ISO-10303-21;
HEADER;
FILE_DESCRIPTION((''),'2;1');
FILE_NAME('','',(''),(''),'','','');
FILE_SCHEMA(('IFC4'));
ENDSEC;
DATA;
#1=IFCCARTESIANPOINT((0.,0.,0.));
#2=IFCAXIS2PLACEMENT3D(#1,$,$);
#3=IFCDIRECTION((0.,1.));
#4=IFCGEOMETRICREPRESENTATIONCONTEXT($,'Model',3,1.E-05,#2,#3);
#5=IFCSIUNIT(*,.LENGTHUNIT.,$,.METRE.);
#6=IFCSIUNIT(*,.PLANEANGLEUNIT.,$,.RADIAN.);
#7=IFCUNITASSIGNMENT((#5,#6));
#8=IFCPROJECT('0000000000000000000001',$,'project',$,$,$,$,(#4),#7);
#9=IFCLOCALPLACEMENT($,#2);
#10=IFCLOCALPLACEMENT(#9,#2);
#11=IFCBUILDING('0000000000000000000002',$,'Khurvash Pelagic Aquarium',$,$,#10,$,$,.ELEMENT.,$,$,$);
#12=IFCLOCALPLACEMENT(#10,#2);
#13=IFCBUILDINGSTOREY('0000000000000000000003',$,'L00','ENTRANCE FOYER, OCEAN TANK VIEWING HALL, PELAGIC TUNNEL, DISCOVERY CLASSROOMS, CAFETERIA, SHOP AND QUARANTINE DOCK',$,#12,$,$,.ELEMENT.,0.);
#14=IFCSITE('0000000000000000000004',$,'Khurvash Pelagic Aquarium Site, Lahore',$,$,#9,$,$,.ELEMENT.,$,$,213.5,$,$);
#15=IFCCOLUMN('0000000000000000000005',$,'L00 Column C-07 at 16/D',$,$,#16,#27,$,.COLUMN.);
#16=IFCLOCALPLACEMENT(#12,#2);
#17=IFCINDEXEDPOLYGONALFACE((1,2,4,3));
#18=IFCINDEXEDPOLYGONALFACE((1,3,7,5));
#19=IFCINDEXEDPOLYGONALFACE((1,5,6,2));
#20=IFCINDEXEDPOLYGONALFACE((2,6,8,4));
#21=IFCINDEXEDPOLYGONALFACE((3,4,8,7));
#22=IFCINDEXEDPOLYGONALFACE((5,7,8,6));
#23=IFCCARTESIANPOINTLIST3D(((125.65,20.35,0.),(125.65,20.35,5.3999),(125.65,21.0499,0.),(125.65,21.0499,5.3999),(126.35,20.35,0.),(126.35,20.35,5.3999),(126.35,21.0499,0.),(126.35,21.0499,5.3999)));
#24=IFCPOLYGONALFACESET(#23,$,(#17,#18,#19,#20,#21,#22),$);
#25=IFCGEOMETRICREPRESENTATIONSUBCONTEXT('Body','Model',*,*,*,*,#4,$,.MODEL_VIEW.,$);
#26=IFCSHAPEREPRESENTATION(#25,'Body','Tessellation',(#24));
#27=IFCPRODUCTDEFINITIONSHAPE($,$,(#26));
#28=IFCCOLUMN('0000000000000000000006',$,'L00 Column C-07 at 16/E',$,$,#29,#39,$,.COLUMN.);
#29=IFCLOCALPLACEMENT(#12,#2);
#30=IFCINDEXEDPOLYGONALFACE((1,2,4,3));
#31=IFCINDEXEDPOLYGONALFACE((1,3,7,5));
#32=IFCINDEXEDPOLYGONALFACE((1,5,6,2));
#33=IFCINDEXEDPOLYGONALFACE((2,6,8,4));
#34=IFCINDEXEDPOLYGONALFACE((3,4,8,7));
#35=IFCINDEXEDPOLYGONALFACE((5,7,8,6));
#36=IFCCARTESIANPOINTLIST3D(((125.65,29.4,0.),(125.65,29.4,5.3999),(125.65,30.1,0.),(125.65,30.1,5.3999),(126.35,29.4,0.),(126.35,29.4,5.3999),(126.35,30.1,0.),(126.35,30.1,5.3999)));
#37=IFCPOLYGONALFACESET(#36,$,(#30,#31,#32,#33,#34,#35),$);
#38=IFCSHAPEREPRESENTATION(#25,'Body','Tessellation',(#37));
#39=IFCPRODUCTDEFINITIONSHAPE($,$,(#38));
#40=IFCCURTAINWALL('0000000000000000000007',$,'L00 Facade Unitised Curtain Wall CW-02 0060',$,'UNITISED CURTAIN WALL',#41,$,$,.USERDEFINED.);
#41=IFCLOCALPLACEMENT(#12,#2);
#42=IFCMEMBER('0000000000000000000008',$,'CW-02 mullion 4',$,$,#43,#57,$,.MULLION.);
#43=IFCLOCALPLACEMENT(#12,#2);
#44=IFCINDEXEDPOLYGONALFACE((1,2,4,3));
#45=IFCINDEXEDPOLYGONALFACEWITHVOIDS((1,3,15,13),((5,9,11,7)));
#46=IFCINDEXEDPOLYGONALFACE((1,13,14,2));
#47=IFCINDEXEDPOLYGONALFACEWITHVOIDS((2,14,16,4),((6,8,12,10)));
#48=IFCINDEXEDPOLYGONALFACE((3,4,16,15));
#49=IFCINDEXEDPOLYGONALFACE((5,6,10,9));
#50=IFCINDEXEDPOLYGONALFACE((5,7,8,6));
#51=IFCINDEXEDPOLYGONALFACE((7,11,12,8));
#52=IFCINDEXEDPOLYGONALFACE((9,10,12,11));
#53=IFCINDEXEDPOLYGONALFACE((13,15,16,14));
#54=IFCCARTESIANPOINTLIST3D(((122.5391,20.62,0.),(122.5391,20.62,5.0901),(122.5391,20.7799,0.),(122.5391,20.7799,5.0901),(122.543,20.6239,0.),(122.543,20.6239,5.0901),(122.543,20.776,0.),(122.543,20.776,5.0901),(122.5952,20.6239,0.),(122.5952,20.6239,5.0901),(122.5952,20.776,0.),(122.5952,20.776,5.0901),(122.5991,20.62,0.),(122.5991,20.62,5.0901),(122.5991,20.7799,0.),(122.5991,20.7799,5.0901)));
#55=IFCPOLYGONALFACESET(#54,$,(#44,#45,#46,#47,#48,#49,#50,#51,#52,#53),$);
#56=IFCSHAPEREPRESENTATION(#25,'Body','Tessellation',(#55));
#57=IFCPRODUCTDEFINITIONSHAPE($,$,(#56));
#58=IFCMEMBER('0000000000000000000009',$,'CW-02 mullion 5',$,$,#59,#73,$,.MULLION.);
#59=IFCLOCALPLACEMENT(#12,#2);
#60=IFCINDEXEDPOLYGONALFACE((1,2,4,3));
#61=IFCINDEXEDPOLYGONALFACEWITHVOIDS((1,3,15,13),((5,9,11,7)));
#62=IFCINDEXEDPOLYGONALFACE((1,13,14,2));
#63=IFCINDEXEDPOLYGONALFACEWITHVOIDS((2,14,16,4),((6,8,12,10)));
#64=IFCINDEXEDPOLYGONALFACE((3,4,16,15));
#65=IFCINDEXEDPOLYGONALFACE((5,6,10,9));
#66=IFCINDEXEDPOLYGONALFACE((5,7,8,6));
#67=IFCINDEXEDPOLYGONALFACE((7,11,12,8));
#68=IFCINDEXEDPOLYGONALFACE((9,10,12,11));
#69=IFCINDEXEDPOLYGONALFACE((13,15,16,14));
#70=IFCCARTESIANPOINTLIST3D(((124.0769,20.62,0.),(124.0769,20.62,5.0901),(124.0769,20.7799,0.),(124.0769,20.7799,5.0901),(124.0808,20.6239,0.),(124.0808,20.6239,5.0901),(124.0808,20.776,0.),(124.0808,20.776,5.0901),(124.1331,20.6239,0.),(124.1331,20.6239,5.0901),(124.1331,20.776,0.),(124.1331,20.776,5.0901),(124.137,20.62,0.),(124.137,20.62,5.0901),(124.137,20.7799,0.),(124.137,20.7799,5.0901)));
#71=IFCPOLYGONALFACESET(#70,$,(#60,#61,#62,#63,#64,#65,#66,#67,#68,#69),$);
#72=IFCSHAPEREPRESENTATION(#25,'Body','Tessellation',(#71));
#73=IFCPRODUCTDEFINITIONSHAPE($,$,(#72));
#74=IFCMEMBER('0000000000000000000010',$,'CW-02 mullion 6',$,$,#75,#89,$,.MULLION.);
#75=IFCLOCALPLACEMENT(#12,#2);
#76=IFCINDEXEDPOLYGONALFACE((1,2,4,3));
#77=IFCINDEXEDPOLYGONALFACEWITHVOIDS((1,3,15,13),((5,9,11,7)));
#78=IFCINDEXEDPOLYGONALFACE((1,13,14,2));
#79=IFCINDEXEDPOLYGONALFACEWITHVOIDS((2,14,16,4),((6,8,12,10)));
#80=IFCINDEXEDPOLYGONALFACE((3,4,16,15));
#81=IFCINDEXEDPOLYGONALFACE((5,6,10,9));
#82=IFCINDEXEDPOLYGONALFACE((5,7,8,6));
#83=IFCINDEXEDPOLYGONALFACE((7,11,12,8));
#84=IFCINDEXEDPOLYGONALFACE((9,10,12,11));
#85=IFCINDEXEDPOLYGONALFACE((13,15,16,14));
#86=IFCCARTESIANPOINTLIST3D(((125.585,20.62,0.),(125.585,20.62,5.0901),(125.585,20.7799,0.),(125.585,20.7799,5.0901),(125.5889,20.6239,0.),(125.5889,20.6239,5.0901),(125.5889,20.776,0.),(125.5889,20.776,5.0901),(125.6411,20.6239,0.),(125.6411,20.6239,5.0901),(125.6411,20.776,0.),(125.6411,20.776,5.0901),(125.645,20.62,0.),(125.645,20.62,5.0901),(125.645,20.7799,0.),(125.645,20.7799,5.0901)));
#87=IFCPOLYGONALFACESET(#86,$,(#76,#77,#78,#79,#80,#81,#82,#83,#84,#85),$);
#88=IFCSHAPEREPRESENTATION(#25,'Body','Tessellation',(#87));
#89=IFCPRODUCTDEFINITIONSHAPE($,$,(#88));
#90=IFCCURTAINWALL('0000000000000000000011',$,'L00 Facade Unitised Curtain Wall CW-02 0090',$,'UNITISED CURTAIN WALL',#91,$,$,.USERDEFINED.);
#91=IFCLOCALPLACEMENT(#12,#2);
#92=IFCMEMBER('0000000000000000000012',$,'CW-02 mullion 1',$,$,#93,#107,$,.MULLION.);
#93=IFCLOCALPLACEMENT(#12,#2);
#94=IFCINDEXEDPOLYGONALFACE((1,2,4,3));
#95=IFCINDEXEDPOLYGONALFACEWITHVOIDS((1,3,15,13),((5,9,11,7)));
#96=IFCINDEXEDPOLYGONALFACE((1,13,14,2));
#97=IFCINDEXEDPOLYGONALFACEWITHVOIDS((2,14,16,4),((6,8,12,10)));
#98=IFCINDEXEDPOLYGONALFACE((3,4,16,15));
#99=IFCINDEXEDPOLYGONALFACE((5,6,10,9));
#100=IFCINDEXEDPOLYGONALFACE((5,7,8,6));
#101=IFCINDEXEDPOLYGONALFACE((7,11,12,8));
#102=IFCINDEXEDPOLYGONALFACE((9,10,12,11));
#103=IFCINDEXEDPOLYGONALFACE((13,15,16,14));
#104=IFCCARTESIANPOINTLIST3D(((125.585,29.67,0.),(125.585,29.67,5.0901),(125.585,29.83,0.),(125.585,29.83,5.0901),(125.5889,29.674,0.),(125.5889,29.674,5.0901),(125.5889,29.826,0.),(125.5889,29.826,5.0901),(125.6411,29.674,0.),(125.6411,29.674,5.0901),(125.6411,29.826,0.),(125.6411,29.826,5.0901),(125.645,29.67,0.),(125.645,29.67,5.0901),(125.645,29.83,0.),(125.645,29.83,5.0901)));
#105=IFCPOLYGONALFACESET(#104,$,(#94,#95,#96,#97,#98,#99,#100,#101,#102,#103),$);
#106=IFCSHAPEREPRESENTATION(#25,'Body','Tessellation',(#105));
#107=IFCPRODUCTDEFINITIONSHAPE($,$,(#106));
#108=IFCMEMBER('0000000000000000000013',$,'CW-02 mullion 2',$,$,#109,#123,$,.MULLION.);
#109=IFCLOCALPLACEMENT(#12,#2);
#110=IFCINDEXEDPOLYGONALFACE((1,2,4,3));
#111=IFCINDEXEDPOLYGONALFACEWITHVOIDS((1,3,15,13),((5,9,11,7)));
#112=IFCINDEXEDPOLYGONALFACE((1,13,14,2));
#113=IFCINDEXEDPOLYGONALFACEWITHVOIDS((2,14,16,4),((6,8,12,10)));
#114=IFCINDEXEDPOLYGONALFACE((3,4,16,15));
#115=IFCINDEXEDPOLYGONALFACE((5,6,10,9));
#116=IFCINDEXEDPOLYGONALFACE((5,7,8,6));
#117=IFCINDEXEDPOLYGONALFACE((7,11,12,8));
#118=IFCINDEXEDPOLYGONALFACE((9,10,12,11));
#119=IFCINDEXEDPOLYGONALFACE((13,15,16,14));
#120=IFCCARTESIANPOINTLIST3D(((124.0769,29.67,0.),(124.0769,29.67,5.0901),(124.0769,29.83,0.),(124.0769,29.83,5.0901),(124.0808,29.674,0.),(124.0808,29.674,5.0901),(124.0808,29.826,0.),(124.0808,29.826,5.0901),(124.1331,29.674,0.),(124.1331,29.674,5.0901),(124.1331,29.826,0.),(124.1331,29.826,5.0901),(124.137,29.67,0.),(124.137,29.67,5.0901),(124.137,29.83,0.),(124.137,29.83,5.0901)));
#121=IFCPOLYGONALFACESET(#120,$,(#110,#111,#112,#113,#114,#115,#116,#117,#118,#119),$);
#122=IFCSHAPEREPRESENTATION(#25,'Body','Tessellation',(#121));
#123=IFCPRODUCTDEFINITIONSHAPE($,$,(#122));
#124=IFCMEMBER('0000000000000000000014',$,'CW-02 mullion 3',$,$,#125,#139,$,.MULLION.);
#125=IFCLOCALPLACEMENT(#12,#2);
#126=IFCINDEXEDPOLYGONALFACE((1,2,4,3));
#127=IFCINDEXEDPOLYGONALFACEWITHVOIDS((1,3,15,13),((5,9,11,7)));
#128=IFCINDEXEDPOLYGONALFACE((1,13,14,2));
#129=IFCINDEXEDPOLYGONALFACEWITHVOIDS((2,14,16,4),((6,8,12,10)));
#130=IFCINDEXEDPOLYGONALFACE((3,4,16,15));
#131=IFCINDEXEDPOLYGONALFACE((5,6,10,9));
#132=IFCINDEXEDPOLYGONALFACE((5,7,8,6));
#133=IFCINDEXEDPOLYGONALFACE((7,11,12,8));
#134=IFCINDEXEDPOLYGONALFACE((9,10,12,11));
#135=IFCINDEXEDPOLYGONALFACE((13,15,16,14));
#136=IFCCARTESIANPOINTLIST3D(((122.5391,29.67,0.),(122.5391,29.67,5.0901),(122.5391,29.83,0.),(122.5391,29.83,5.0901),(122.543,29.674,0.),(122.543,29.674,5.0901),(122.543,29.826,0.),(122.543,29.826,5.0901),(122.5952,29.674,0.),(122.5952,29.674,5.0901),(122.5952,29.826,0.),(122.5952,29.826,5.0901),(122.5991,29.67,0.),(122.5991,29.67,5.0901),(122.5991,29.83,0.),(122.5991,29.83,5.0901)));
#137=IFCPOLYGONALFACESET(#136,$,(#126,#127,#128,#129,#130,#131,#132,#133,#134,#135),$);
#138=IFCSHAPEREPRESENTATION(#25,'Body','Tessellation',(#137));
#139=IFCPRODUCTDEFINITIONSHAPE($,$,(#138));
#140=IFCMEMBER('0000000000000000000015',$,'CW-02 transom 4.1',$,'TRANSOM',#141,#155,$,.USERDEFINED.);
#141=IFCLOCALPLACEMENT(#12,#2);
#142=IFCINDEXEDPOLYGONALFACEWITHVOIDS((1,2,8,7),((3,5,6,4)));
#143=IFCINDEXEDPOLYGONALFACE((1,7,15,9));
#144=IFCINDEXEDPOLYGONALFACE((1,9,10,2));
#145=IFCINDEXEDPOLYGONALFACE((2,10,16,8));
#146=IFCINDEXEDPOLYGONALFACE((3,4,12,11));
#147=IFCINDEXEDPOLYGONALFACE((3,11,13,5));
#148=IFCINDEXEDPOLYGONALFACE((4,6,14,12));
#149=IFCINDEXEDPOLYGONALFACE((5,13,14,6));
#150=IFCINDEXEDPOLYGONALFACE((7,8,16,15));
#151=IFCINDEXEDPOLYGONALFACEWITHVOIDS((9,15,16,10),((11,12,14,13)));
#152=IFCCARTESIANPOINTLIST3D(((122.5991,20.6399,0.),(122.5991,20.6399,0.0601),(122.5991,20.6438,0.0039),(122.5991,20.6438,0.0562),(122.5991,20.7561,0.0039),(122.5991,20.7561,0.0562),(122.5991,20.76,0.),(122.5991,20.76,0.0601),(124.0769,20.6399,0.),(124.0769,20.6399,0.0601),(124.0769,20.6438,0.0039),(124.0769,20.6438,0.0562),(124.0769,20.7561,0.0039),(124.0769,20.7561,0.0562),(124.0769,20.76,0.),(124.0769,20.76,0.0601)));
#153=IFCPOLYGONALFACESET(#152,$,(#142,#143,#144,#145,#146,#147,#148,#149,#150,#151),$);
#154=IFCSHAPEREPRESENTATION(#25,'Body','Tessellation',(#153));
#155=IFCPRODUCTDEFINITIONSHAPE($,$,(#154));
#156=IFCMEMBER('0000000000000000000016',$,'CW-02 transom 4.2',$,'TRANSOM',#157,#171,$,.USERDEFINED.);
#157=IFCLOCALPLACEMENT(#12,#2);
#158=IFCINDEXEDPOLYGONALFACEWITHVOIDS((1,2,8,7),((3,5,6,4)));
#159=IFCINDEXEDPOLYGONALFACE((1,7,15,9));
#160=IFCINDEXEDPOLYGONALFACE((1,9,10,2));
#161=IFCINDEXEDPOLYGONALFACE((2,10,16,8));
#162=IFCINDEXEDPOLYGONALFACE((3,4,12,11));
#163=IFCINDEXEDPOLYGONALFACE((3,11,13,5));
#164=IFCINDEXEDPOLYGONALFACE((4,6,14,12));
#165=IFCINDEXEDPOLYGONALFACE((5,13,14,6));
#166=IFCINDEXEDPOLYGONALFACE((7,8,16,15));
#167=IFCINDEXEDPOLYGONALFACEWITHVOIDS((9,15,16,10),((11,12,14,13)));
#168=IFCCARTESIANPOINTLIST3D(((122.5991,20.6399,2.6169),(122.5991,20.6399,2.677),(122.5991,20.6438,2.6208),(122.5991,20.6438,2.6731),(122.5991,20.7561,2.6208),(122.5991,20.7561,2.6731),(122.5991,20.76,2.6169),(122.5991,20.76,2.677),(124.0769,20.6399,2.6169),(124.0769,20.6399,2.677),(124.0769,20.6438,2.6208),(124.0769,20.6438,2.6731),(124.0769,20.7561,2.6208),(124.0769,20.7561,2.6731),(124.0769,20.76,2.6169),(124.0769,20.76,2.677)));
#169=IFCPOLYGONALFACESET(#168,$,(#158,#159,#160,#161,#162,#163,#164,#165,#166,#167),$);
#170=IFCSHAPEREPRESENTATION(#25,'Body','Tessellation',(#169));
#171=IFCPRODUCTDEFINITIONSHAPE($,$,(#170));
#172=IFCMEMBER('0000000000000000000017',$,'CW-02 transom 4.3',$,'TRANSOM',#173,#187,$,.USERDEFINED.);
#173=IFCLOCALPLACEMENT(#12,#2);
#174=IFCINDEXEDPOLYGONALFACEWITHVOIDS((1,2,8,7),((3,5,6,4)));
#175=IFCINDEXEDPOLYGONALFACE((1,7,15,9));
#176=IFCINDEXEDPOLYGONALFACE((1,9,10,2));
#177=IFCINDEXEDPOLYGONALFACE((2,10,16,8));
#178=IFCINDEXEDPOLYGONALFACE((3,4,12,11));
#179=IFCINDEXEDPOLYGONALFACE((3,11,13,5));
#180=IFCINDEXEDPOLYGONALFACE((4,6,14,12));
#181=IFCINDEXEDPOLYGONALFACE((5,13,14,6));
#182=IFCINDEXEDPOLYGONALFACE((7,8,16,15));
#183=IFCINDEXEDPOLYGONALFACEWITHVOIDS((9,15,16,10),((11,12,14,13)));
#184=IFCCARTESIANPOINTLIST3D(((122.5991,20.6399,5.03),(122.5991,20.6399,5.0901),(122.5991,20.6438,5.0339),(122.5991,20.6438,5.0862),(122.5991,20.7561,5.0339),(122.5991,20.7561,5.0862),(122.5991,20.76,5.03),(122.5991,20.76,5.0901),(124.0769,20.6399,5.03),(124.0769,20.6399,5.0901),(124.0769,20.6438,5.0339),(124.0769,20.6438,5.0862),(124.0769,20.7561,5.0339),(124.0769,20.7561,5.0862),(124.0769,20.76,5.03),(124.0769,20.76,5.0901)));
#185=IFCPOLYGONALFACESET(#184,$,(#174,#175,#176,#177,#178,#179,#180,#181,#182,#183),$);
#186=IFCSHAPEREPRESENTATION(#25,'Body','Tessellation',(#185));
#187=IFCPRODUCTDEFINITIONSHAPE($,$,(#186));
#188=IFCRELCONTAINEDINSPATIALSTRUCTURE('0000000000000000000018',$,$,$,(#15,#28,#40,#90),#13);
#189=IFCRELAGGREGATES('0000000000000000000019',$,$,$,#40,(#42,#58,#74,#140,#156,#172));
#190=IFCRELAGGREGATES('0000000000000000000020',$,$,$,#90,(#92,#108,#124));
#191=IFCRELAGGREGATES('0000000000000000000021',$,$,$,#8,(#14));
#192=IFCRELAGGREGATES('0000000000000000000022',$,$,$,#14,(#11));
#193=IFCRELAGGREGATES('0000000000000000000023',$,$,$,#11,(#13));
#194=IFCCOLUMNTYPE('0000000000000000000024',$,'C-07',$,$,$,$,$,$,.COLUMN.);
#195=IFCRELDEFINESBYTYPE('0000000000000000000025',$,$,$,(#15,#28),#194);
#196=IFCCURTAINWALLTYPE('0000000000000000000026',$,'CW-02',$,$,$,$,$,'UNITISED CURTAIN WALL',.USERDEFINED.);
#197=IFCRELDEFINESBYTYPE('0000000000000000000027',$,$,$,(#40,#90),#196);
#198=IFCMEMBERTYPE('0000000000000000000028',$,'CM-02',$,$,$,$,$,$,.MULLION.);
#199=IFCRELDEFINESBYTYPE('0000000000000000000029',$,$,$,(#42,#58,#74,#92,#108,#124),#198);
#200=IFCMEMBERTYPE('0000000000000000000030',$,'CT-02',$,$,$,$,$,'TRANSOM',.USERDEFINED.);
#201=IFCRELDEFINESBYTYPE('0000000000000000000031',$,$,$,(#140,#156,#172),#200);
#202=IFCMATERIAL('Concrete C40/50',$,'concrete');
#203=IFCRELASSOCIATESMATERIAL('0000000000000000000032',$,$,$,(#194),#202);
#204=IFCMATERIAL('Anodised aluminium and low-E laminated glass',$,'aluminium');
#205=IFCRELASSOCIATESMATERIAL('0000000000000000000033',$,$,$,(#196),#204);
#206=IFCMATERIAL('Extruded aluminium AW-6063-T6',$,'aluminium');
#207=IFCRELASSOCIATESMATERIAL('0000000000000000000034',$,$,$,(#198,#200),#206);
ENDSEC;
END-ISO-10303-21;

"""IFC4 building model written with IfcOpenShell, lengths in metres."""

from ifc_helpers import new_model, si_unit, direction, frame, origin, origin_2d, place, context, subcontext, project, spatial, rectangle, hollow_rectangle, extrude, material, material_profile, profile_set, type_object, element, aggregate, save


model = new_model("IFC4")

# Units and contexts
model_context = context("Model", 3, precision=1e-05, world=origin(), true_north=direction((0.0, 1.0)))
body_context = subcontext(model_context, "Body", "Model", "MODEL_VIEW")
ifc_project = project(units=[si_unit("LENGTHUNIT", "METRE"), si_unit("PLANEANGLEUNIT", "RADIAN")], contexts=[model_context])

# Site, building, storey
site_placement = place(None, origin())
site = spatial("IfcSite", under=ifc_project, at=site_placement, Name="Khurvash Pelagic Aquarium Site, Lahore", CompositionType="ELEMENT", RefElevation=213.5)
building_placement = place(site_placement, origin())
building = spatial("IfcBuilding", under=site, at=building_placement, Name="Khurvash Pelagic Aquarium", CompositionType="ELEMENT")
storey_placement = place(building_placement, origin())
storey = spatial("IfcBuildingStorey", under=building, at=storey_placement, Name="L00", Description="ENTRANCE FOYER, OCEAN TANK VIEWING HALL, PELAGIC TUNNEL, DISCOVERY CLASSROOMS, CAFETERIA, SHOP AND QUARANTINE DOCK", CompositionType="ELEMENT", Elevation=0.0)

# Columns
ifc_material_1 = material(Name="Concrete C40/50", Category="concrete")
ifc_material_profile_1 = material_profile(ifc_material_1, rectangle(XDim=0.7, YDim=0.7, at=origin_2d()), Name="RC700X700")
ifc_profile_set_1 = profile_set([ifc_material_profile_1], Name="Concrete C40/50")
column_type = type_object("IfcColumnType", Name="C-07", PredefinedType="COLUMN", material=ifc_profile_set_1)
for number, where, z_axis, x_axis, name in (
    (1, (126.0, 20.7, 0.0), (0.0, 0.0, 1.0), (1.0, 0.0, 0.0), "L00 Column C-07 at 16/D"),
    (2, (126.0, 29.75, 0.0), (0.0, 0.0, 1.0), (1.0, 0.0, 0.0), "L00 Column C-07 at 16/E"),
):
    element("IfcColumn", number, at=place(storey_placement, frame(where, z_axis=z_axis, x_axis=x_axis)), inside=storey, type_object=column_type, Name=name, PredefinedType="COLUMN", context=body_context, shape_type="SweptSolid", body=[
        extrude(rectangle(XDim=0.7, YDim=0.7, at=origin_2d()), origin(), (0.0, 0.0, 1.0), 5.3999),
    ])

# Curtain walls, members
ifc_material_2 = material(Name="Anodised aluminium and low-E laminated glass", Category="aluminium")
curtain_wall_type = type_object("IfcCurtainWallType", Name="CW-02", ElementType="UNITISED CURTAIN WALL", PredefinedType="USERDEFINED", material=ifc_material_2)
curtain_wall_1_placement = place(storey_placement, origin())
curtain_wall_1 = element("IfcCurtainWall", 3, at=curtain_wall_1_placement, inside=storey, type_object=curtain_wall_type, Name="L00 Facade Unitised Curtain Wall CW-02 0060", ObjectType="UNITISED CURTAIN WALL", PredefinedType="USERDEFINED")
ifc_material_3 = material(Name="Extruded aluminium AW-6063-T6", Category="aluminium")
ifc_material_profile_2 = material_profile(ifc_material_3, hollow_rectangle(XDim=0.0601, YDim=0.1599, WallThickness=0.0039, at=origin_2d()), Name="CWM60X160X4")
ifc_profile_set_2 = profile_set([ifc_material_profile_2], Name="Extruded aluminium AW-6063-T6")
member_type_1 = type_object("IfcMemberType", Name="CM-02", PredefinedType="MULLION", material=ifc_profile_set_2)
member_1_placement = place(storey_placement, frame((122.5691, 20.7, 0.0), z_axis=(0.0, 0.0, 1.0), x_axis=(1.0, 0.0, 0.0)))
member_1 = element("IfcMember", 4, at=member_1_placement, type_object=member_type_1, Name="CW-02 mullion 4", PredefinedType="MULLION", context=body_context, shape_type="SweptSolid", body=[
    extrude(hollow_rectangle(XDim=0.0601, YDim=0.1599, WallThickness=0.0039, at=origin_2d()), origin(), (0.0, 0.0, 1.0), 5.0901),
])
member_2_placement = place(storey_placement, frame((124.1069, 20.7, 0.0), z_axis=(0.0, 0.0, 1.0), x_axis=(1.0, 0.0, 0.0)))
member_2 = element("IfcMember", 5, at=member_2_placement, type_object=member_type_1, Name="CW-02 mullion 5", PredefinedType="MULLION", context=body_context, shape_type="SweptSolid", body=[
    extrude(hollow_rectangle(XDim=0.0601, YDim=0.1599, WallThickness=0.0039, at=origin_2d()), origin(), (0.0, 0.0, 1.0), 5.0901),
])
member_3_placement = place(storey_placement, frame((125.615, 20.7, 0.0), z_axis=(0.0, 0.0, 1.0), x_axis=(1.0, 0.0, 0.0)))
member_3 = element("IfcMember", 6, at=member_3_placement, type_object=member_type_1, Name="CW-02 mullion 6", PredefinedType="MULLION", context=body_context, shape_type="SweptSolid", body=[
    extrude(hollow_rectangle(XDim=0.0601, YDim=0.1599, WallThickness=0.0039, at=origin_2d()), origin(), (0.0, 0.0, 1.0), 5.0901),
])
curtain_wall_2_placement = place(storey_placement, origin())
curtain_wall_2 = element("IfcCurtainWall", 7, at=curtain_wall_2_placement, inside=storey, type_object=curtain_wall_type, Name="L00 Facade Unitised Curtain Wall CW-02 0090", ObjectType="UNITISED CURTAIN WALL", PredefinedType="USERDEFINED")
member_4_placement = place(storey_placement, frame((125.615, 29.75, 0.0), z_axis=(0.0, 0.0, 1.0), x_axis=(-1.0, 0.0, 0.0)))
member_4 = element("IfcMember", 8, at=member_4_placement, type_object=member_type_1, Name="CW-02 mullion 1", PredefinedType="MULLION", context=body_context, shape_type="SweptSolid", body=[
    extrude(hollow_rectangle(XDim=0.0601, YDim=0.1599, WallThickness=0.0039, at=origin_2d()), origin(), (0.0, 0.0, 1.0), 5.0901),
])
member_5_placement = place(storey_placement, frame((124.1069, 29.75, 0.0), z_axis=(0.0, 0.0, 1.0), x_axis=(-1.0, 0.0, 0.0)))
member_5 = element("IfcMember", 9, at=member_5_placement, type_object=member_type_1, Name="CW-02 mullion 2", PredefinedType="MULLION", context=body_context, shape_type="SweptSolid", body=[
    extrude(hollow_rectangle(XDim=0.0601, YDim=0.1599, WallThickness=0.0039, at=origin_2d()), origin(), (0.0, 0.0, 1.0), 5.0901),
])
member_6_placement = place(storey_placement, frame((122.5691, 29.75, 0.0), z_axis=(0.0, 0.0, 1.0), x_axis=(-1.0, 0.0, 0.0)))
member_6 = element("IfcMember", 10, at=member_6_placement, type_object=member_type_1, Name="CW-02 mullion 3", PredefinedType="MULLION", context=body_context, shape_type="SweptSolid", body=[
    extrude(hollow_rectangle(XDim=0.0601, YDim=0.1599, WallThickness=0.0039, at=origin_2d()), origin(), (0.0, 0.0, 1.0), 5.0901),
])

# Members
ifc_material_profile_3 = material_profile(ifc_material_3, hollow_rectangle(XDim=0.1201, YDim=0.0601, WallThickness=0.0039, at=origin_2d()), Name="CWT120X60X4")
ifc_profile_set_3 = profile_set([ifc_material_profile_3], Name="Extruded aluminium AW-6063-T6")
member_type_2 = type_object("IfcMemberType", Name="CT-02", ElementType="TRANSOM", PredefinedType="USERDEFINED", material=ifc_profile_set_3)
member_7_placement = place(storey_placement, frame((122.5991, 20.7, 0.03), z_axis=(1.0, 0.0, 0.0), x_axis=(0.0, 1.0, 0.0)))
member_7 = element("IfcMember", 11, at=member_7_placement, type_object=member_type_2, Name="CW-02 transom 4.1", ObjectType="TRANSOM", PredefinedType="USERDEFINED", context=body_context, shape_type="SweptSolid", body=[
    extrude(hollow_rectangle(XDim=0.1201, YDim=0.0601, WallThickness=0.0039, at=origin_2d()), origin(), (0.0, 0.0, 1.0), 1.4778),
])
member_8_placement = place(storey_placement, frame((122.5991, 20.7, 2.647), z_axis=(1.0, 0.0, 0.0), x_axis=(0.0, 1.0, 0.0)))
member_8 = element("IfcMember", 12, at=member_8_placement, type_object=member_type_2, Name="CW-02 transom 4.2", ObjectType="TRANSOM", PredefinedType="USERDEFINED", context=body_context, shape_type="SweptSolid", body=[
    extrude(hollow_rectangle(XDim=0.1201, YDim=0.0601, WallThickness=0.0039, at=origin_2d()), origin(), (0.0, 0.0, 1.0), 1.4778),
])
member_9_placement = place(storey_placement, frame((122.5991, 20.7, 5.0601), z_axis=(1.0, 0.0, 0.0), x_axis=(0.0, 1.0, 0.0)))
member_9 = element("IfcMember", 13, at=member_9_placement, type_object=member_type_2, Name="CW-02 transom 4.3", ObjectType="TRANSOM", PredefinedType="USERDEFINED", context=body_context, shape_type="SweptSolid", body=[
    extrude(hollow_rectangle(XDim=0.1201, YDim=0.0601, WallThickness=0.0039, at=origin_2d()), origin(), (0.0, 0.0, 1.0), 1.4778),
])

aggregate(curtain_wall_1, [member_1, member_2, member_3, member_7, member_8, member_9])
aggregate(curtain_wall_2, [member_4, member_5, member_6])

save(model, "model.ifc")
